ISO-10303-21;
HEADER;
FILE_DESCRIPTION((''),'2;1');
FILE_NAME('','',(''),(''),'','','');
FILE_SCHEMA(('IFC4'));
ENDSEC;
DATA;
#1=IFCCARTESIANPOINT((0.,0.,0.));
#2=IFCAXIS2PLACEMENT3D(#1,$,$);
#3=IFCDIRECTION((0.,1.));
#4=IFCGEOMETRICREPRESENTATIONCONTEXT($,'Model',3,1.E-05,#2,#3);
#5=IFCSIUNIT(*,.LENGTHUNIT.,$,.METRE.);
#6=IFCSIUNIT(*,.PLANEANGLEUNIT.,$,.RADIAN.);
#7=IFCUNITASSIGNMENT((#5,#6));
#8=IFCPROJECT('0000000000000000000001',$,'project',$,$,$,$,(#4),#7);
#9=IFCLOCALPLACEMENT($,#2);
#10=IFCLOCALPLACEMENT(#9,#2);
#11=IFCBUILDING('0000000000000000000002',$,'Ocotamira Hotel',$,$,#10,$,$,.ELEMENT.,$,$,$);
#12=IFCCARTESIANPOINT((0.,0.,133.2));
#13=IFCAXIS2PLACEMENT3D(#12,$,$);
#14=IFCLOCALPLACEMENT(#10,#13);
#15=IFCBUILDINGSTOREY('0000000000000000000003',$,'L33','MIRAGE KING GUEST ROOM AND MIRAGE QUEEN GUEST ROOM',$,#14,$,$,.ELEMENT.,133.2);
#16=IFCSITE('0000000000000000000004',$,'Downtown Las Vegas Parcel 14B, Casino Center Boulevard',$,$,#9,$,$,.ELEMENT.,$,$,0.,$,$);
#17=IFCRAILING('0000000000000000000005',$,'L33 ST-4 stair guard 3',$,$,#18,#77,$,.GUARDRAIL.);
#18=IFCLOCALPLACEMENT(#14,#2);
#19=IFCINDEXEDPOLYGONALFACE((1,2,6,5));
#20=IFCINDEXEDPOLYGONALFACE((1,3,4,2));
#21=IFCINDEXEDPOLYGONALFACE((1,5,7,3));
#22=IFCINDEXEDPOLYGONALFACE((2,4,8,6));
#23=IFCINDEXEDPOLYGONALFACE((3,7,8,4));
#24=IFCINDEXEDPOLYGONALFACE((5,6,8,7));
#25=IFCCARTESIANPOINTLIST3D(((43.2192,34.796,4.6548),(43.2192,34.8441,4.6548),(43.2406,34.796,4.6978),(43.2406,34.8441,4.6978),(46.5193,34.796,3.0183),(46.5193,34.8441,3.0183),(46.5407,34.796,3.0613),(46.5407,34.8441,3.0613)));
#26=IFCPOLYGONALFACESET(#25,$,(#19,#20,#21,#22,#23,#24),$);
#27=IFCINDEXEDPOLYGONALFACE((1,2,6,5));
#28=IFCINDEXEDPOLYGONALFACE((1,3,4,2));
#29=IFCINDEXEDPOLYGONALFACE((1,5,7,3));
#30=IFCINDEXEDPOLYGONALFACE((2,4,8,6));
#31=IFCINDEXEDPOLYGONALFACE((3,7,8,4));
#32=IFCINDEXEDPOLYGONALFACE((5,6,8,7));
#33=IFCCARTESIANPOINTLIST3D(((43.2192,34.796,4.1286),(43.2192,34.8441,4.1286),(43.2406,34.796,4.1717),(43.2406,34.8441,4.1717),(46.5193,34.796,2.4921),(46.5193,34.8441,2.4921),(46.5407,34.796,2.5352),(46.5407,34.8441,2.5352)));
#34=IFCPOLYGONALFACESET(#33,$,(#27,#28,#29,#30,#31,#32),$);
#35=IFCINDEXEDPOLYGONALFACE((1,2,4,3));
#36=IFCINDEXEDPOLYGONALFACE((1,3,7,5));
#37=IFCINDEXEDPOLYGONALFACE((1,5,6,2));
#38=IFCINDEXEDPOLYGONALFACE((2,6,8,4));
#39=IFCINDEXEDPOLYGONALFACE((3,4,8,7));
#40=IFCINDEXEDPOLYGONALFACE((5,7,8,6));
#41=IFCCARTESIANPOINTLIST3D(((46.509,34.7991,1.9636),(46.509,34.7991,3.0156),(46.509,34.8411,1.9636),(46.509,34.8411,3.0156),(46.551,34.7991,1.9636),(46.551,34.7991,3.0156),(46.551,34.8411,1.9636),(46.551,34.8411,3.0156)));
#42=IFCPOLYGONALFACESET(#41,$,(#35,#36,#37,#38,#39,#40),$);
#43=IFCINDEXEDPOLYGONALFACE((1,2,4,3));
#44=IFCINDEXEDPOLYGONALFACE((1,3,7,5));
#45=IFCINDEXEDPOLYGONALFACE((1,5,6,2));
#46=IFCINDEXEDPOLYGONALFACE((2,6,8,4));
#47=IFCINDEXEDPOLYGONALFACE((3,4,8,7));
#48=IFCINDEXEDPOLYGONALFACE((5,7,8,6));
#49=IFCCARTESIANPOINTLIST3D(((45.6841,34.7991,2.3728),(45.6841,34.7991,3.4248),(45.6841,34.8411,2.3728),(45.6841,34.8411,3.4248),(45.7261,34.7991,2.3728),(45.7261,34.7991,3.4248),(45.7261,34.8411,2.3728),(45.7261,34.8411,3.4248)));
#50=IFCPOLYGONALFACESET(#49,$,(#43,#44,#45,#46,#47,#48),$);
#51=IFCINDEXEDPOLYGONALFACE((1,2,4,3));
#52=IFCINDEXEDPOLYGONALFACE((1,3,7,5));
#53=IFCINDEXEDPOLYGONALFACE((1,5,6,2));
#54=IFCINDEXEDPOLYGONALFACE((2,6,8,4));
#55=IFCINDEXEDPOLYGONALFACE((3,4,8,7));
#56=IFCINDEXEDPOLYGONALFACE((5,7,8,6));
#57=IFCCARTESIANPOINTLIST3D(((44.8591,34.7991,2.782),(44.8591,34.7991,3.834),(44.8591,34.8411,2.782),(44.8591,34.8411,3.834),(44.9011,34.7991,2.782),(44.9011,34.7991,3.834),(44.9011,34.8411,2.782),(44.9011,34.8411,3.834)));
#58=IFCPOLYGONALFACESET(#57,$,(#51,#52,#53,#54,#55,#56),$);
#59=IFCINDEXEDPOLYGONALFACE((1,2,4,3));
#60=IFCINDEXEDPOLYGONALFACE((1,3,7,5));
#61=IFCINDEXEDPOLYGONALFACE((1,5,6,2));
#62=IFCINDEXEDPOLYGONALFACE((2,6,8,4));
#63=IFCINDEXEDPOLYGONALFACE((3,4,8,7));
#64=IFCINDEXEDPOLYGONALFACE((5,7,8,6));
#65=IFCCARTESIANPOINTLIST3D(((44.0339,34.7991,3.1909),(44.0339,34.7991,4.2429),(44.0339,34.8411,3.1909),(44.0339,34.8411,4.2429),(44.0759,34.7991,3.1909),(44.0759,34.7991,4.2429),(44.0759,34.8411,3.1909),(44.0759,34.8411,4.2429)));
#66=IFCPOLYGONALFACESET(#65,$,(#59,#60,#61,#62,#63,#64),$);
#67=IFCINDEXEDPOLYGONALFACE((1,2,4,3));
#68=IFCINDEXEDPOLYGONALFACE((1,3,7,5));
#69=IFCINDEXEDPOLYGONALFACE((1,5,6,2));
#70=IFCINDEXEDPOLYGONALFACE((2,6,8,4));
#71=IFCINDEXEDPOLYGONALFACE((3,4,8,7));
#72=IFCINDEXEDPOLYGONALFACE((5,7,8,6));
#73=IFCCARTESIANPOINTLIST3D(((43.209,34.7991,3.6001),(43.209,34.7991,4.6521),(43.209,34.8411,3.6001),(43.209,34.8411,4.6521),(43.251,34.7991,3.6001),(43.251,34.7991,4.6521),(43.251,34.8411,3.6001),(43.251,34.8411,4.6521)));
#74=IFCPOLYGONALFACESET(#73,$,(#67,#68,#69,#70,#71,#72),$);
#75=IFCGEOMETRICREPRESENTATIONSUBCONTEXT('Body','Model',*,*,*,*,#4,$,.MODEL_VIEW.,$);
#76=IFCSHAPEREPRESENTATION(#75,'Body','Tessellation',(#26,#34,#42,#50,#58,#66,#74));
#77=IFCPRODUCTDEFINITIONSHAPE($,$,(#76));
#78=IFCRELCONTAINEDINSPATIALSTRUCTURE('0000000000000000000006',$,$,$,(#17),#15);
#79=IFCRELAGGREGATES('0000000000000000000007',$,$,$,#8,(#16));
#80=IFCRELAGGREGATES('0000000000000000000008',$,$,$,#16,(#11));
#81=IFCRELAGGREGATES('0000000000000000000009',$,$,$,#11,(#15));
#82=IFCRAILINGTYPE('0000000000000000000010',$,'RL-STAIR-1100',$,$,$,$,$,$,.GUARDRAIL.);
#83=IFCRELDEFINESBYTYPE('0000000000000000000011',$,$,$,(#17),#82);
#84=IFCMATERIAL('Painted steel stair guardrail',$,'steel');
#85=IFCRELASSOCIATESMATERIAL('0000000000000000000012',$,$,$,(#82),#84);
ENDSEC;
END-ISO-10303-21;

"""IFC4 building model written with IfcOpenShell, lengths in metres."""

from ifc_helpers import new_model, si_unit, direction, frame, origin, origin_2d, place, context, subcontext, project, spatial, rectangle, extrude, material, type_object, element, save


model = new_model("IFC4")

# Units and contexts
model_context = context("Model", 3, precision=1e-05, world=origin(), true_north=direction((0.0, 1.0)))
body_context = subcontext(model_context, "Body", "Model", "MODEL_VIEW")
ifc_project = project(units=[si_unit("LENGTHUNIT", "METRE"), si_unit("PLANEANGLEUNIT", "RADIAN")], contexts=[model_context])

# Site, building, storey
site_placement = place(None, origin())
site = spatial("IfcSite", under=ifc_project, at=site_placement, Name="Downtown Las Vegas Parcel 14B, Casino Center Boulevard", CompositionType="ELEMENT", RefElevation=0.0)
building_placement = place(site_placement, origin())
building = spatial("IfcBuilding", under=site, at=building_placement, Name="Ocotamira Hotel", CompositionType="ELEMENT")
storey_placement = place(building_placement, frame((0.0, 0.0, 133.2)))
storey = spatial("IfcBuildingStorey", under=building, at=storey_placement, Name="L33", Description="MIRAGE KING GUEST ROOM AND MIRAGE QUEEN GUEST ROOM", CompositionType="ELEMENT", Elevation=133.2)

# Railing
ifc_material_1 = material(Name="Painted steel stair guardrail", Category="steel")
railing_type_1 = type_object("IfcRailingType", Name="RL-STAIR-1100", PredefinedType="GUARDRAIL", material=ifc_material_1)
railing_1_placement = place(storey_placement, frame((46.53, 34.8201, 1.9636)))
element("IfcRailing", 1, at=railing_1_placement, inside=storey, type_object=railing_type_1, Name="L33 ST-4 stair guard 3", PredefinedType="GUARDRAIL", context=body_context, shape_type="SweptSolid", body=[
    extrude(rectangle(XDim=0.0481, YDim=0.0481, at=origin_2d()), frame((0.0, 0.0, 1.0762), z_axis=(-0.895894, 0.0, 0.444268), x_axis=(0.0, -1.0, 0.0)), (0.0, 0.0, 1.0), 3.6836),
    extrude(rectangle(XDim=0.0481, YDim=0.0481, at=origin_2d()), frame((0.0, 0.0, 0.55), z_axis=(-0.895894, 0.0, 0.444268), x_axis=(0.0, -1.0, 0.0)), (0.0, 0.0, 1.0), 3.6836),
    extrude(rectangle(XDim=0.042, YDim=0.042, at=origin_2d()), origin(), (0.0, 0.0, 1.0), 1.052),
    extrude(rectangle(XDim=0.042, YDim=0.042, at=origin_2d()), frame((-0.825, 0.0, 0.4092)), (0.0, 0.0, 1.0), 1.052),
    extrude(rectangle(XDim=0.042, YDim=0.042, at=origin_2d()), frame((-1.6499, 0.0, 0.8184)), (0.0, 0.0, 1.0), 1.052),
    extrude(rectangle(XDim=0.042, YDim=0.042, at=origin_2d()), frame((-2.4751, 0.0, 1.2273)), (0.0, 0.0, 1.0), 1.052),
    extrude(rectangle(XDim=0.042, YDim=0.042, at=origin_2d()), frame((-3.3, 0.0, 1.6365)), (0.0, 0.0, 1.0), 1.052),
])

save(model, "model.ifc")
